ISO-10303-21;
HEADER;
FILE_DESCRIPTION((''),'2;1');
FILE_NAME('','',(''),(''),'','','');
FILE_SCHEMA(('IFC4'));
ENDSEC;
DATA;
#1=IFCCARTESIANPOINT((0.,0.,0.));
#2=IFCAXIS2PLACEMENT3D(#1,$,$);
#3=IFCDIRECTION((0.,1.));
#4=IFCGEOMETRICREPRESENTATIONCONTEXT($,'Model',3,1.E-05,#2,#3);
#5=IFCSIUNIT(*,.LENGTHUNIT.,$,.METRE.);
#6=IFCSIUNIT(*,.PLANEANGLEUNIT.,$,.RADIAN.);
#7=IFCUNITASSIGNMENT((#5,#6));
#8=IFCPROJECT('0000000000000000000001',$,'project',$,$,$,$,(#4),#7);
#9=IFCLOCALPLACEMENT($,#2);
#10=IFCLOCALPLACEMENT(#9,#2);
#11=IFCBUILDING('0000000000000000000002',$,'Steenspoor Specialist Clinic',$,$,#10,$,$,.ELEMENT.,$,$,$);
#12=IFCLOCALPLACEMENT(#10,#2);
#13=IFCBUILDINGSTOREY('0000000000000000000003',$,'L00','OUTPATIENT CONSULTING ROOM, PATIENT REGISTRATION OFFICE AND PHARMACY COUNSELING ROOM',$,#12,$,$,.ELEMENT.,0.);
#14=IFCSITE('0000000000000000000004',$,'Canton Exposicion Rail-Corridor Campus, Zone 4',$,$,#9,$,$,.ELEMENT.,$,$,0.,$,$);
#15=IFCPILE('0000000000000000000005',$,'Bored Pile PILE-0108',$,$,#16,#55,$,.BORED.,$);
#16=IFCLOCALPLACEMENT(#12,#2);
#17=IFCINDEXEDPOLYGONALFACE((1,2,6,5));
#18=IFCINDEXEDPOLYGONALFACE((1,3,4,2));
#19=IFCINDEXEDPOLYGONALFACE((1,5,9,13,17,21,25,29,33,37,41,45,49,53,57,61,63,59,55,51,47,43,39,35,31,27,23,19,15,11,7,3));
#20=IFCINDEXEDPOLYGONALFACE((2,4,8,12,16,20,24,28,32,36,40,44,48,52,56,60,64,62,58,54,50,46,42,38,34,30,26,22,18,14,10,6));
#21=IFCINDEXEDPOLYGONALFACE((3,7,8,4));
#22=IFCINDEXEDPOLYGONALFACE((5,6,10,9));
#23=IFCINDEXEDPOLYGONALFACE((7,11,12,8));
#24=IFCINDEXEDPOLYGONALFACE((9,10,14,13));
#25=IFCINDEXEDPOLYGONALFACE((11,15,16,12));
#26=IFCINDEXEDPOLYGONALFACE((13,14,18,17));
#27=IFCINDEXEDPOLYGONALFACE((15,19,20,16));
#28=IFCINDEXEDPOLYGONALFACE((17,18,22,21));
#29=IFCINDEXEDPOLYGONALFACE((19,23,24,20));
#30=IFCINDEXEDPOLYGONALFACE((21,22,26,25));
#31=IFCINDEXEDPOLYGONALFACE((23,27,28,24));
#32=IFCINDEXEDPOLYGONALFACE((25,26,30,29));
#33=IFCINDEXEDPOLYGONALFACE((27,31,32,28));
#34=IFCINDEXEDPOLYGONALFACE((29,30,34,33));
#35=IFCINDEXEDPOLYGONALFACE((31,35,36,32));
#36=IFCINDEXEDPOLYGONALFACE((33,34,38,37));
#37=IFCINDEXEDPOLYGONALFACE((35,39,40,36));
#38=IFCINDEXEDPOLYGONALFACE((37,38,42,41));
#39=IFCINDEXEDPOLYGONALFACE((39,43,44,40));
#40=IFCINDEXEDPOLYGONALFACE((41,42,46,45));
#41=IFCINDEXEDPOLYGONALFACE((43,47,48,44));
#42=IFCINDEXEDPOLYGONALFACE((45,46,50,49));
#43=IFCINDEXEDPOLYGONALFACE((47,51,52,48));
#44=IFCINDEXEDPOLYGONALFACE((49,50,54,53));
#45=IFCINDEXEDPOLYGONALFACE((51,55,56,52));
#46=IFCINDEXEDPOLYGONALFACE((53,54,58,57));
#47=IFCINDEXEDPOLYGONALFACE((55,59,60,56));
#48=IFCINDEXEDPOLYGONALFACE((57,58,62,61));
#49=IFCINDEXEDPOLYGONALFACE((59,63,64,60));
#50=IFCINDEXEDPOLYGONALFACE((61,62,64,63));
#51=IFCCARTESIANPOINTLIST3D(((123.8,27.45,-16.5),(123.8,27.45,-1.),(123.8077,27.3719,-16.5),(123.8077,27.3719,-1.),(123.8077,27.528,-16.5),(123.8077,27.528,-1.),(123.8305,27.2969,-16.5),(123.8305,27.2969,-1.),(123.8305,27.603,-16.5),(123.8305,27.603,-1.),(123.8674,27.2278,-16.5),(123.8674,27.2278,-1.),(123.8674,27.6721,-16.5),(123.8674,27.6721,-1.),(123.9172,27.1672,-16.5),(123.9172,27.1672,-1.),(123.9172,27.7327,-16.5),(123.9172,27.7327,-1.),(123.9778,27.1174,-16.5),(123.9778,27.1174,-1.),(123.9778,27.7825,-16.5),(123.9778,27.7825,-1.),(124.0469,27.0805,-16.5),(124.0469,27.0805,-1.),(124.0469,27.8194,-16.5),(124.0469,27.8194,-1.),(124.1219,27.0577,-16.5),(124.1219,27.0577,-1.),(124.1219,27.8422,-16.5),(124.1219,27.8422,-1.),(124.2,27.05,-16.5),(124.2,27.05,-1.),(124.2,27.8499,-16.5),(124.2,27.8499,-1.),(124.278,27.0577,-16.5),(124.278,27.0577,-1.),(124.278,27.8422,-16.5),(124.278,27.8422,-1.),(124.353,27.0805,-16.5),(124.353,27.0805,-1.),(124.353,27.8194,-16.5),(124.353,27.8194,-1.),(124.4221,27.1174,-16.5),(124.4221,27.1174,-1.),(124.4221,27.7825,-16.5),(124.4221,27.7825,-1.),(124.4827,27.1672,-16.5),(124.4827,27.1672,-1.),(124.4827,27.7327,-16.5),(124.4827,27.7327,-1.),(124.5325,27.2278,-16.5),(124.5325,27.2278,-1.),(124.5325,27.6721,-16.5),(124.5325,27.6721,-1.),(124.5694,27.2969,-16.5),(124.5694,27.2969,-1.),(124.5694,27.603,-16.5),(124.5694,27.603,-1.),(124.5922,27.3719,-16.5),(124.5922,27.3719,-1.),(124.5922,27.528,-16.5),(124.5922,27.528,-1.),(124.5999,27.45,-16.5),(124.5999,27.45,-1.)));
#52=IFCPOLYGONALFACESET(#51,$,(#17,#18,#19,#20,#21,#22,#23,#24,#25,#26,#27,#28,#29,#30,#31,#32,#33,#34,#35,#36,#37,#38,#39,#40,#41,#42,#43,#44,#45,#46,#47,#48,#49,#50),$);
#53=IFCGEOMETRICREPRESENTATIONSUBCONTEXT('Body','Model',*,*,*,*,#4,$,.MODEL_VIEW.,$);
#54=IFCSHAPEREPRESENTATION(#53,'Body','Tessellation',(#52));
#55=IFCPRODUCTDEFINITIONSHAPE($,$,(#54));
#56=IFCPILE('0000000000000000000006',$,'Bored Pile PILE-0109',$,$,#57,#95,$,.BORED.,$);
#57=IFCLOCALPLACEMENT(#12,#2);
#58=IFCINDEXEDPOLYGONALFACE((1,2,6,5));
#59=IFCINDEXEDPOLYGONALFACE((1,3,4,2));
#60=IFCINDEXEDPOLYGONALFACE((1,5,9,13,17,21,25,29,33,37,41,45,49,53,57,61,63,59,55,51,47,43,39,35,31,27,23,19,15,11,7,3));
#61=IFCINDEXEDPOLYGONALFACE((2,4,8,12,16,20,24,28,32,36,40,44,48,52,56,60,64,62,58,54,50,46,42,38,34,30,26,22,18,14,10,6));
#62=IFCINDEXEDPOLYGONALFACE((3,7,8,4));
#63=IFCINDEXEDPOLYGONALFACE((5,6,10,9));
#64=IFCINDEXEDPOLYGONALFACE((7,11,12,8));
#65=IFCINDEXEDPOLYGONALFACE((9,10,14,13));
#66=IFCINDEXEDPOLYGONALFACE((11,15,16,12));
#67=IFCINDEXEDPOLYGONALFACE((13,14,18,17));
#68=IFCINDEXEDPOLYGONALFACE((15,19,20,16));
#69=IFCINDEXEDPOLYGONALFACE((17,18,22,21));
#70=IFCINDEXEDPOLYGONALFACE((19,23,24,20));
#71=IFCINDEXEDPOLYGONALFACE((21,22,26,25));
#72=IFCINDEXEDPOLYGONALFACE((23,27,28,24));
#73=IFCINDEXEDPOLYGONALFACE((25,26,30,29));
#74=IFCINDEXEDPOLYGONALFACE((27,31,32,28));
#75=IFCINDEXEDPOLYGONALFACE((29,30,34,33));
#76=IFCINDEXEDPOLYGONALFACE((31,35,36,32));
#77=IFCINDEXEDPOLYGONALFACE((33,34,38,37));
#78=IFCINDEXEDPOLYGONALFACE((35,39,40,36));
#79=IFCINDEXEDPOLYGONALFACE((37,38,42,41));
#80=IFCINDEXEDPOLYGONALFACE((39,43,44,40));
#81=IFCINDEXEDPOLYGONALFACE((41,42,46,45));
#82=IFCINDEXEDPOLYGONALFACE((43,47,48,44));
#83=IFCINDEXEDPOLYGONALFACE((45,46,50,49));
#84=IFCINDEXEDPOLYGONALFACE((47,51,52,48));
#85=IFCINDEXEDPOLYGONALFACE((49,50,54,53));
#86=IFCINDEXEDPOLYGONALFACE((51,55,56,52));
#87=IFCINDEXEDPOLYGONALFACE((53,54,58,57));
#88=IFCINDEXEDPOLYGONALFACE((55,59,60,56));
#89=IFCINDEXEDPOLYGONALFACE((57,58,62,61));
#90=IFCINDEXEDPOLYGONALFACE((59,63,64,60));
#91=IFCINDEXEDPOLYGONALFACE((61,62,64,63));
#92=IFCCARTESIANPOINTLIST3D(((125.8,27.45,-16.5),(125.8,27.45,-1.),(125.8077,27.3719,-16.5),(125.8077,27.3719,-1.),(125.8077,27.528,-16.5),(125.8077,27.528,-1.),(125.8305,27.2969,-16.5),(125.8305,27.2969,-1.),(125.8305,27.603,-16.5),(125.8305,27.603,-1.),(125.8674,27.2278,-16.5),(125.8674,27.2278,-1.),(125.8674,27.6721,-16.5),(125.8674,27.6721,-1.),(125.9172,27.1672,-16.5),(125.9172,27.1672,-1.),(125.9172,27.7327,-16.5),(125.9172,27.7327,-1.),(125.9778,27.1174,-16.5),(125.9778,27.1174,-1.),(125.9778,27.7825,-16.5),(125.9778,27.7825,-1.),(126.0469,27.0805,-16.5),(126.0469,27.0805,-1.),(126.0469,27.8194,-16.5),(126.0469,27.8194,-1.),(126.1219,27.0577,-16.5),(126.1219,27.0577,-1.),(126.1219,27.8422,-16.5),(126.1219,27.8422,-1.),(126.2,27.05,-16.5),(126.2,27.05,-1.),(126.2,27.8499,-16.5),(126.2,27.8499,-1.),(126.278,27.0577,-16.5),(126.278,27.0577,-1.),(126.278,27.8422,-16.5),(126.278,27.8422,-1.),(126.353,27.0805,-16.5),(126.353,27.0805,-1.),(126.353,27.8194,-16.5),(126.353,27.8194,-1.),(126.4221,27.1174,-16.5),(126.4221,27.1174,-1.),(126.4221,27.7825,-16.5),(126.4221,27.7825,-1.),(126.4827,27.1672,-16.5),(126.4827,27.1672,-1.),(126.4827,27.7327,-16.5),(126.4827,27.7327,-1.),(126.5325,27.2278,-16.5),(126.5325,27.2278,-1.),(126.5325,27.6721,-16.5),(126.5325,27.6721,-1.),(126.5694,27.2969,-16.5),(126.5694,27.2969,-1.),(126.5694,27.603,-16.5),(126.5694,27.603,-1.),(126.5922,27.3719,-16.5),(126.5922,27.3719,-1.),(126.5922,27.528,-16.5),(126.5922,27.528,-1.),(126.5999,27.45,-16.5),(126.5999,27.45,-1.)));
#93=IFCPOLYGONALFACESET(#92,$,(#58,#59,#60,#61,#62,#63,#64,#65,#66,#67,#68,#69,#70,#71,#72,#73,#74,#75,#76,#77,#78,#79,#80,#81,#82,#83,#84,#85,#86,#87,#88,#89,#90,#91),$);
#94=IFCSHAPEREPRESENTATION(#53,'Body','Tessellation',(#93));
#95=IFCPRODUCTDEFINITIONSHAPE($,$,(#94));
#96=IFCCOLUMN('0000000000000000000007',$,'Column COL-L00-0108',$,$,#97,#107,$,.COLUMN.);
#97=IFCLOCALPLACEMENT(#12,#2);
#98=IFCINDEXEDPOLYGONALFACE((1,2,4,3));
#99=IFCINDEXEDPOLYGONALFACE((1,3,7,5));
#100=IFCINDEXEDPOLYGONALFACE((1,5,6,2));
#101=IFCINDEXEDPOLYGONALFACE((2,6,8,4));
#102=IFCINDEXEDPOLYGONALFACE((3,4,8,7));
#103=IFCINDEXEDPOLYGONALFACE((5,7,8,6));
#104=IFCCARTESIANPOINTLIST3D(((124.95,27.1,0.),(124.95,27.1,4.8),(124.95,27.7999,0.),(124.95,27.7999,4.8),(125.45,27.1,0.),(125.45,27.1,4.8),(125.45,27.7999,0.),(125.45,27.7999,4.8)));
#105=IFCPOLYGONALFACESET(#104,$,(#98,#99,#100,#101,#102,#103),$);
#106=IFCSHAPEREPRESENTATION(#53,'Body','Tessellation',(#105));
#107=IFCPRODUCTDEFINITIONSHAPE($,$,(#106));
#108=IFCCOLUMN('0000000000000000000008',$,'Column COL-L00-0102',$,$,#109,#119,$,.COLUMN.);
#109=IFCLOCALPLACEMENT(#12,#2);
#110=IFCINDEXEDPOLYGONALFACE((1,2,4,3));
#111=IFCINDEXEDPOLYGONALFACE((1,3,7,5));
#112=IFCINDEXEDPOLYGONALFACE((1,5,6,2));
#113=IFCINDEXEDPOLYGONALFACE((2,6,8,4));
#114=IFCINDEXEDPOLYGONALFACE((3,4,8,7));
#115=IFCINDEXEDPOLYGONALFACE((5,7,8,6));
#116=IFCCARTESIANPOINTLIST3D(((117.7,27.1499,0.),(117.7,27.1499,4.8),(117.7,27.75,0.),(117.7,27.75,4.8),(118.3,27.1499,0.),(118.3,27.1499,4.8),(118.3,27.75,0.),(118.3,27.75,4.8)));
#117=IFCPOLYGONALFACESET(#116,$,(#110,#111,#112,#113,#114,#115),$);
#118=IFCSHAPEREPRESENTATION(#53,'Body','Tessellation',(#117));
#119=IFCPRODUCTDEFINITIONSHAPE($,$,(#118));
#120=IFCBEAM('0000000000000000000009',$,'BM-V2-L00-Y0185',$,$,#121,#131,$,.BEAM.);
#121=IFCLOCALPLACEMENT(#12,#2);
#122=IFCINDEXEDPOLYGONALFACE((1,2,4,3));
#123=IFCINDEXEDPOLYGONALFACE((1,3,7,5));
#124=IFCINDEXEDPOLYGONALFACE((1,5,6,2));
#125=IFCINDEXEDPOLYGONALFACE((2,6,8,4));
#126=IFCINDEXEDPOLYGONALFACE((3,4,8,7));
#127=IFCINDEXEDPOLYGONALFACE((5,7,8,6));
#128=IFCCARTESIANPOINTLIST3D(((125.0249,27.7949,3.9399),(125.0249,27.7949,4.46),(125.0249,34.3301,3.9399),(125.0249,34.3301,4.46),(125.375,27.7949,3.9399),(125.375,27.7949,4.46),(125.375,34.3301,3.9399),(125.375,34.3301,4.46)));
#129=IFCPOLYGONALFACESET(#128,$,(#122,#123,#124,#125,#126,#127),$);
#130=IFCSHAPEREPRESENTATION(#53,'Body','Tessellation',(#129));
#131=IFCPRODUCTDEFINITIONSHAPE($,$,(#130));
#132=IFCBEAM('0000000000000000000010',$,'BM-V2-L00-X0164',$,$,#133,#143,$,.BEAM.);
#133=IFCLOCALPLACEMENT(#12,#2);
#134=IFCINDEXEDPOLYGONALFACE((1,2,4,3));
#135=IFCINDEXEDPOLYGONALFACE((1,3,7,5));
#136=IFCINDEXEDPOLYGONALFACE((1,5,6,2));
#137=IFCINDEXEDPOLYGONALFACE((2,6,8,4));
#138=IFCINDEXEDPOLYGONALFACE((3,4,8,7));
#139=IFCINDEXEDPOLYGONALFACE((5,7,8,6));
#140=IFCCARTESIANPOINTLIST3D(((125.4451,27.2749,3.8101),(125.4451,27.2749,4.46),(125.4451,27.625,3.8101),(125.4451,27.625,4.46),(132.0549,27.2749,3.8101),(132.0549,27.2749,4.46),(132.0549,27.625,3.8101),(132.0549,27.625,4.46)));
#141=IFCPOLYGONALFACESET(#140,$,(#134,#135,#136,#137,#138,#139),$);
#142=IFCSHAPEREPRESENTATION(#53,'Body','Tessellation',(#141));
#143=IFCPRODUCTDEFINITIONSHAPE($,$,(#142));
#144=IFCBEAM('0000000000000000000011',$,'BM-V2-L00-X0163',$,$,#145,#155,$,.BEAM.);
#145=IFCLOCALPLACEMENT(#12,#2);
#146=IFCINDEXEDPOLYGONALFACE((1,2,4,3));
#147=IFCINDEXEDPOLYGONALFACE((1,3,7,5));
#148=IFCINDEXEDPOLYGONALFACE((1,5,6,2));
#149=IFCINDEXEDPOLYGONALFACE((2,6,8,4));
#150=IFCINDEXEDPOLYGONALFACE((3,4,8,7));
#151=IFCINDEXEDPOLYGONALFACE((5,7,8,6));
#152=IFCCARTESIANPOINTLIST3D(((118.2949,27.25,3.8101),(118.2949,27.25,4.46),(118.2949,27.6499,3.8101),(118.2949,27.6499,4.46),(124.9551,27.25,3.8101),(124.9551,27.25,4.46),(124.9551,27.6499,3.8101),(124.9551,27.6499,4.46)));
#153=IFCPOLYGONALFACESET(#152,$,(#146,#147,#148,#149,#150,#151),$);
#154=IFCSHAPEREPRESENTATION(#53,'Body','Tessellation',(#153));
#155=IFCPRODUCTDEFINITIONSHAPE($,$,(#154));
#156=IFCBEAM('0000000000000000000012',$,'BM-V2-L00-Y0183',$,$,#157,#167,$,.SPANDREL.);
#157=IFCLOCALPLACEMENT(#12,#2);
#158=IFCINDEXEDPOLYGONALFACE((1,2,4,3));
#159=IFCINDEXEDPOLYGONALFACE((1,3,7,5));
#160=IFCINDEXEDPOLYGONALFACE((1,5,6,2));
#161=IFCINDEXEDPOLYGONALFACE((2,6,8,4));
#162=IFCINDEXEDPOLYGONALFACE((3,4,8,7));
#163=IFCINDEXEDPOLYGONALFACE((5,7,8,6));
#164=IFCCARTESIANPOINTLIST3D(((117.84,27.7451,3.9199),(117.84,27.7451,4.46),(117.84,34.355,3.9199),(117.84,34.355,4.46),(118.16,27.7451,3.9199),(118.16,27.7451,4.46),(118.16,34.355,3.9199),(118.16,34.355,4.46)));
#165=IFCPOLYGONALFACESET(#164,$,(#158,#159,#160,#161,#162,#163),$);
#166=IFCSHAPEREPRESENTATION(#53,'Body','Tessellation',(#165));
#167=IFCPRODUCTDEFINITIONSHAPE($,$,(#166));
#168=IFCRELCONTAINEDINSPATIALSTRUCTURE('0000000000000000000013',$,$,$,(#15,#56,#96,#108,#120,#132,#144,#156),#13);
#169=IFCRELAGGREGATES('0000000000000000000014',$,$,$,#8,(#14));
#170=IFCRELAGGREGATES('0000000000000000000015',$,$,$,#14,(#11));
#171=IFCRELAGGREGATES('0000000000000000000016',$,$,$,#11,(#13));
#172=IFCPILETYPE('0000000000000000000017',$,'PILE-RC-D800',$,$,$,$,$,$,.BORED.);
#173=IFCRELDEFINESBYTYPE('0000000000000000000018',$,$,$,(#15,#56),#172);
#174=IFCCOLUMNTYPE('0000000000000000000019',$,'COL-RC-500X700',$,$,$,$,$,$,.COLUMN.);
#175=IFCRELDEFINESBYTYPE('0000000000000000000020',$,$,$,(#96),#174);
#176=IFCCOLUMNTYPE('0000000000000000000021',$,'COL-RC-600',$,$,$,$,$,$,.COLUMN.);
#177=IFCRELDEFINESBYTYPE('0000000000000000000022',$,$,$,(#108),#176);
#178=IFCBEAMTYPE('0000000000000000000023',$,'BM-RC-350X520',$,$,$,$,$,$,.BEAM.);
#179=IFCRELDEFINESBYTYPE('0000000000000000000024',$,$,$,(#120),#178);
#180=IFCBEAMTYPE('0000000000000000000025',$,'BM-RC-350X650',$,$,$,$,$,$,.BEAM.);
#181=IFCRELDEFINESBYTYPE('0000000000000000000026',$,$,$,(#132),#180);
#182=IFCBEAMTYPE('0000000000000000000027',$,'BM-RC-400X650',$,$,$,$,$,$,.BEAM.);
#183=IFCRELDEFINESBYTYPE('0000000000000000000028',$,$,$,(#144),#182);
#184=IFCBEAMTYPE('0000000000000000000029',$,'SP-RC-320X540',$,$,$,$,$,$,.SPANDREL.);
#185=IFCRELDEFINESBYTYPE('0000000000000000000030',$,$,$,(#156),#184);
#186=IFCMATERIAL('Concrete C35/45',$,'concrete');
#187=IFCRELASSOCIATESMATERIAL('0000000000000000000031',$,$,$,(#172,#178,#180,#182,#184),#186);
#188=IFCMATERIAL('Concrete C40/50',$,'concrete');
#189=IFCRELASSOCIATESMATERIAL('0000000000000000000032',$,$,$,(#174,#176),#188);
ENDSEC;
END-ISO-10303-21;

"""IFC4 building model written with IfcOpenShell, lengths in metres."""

from ifc_helpers import new_model, si_unit, direction, frame, origin, origin_2d, place, context, subcontext, project, spatial, rectangle, circle, extrude, material, material_profile, profile_set, type_object, element, save


model = new_model("IFC4")

# Units and contexts
model_context = context("Model", 3, precision=1e-05, world=origin(), true_north=direction((0.0, 1.0)))
body_context = subcontext(model_context, "Body", "Model", "MODEL_VIEW")
ifc_project = project(units=[si_unit("LENGTHUNIT", "METRE"), si_unit("PLANEANGLEUNIT", "RADIAN")], contexts=[model_context])

# Site, building, storey
site_placement = place(None, origin())
site = spatial("IfcSite", under=ifc_project, at=site_placement, Name="Canton Exposicion Rail-Corridor Campus, Zone 4", CompositionType="ELEMENT", RefElevation=0.0)
building_placement = place(site_placement, origin())
building = spatial("IfcBuilding", under=site, at=building_placement, Name="Steenspoor Specialist Clinic", CompositionType="ELEMENT")
storey_placement = place(building_placement, origin())
storey = spatial("IfcBuildingStorey", under=building, at=storey_placement, Name="L00", Description="OUTPATIENT CONSULTING ROOM, PATIENT REGISTRATION OFFICE AND PHARMACY COUNSELING ROOM", CompositionType="ELEMENT", Elevation=0.0)

# Shared definitions
ifc_material_1 = material(Name="Concrete C35/45", Category="concrete")

# Piles
ifc_material_profile_1 = material_profile(ifc_material_1, circle(Radius=0.3999, at=origin_2d()), Name="PILE-D800")
ifc_profile_set_1 = profile_set([ifc_material_profile_1], Name="Concrete C35/45")
pile_type_1 = type_object("IfcPileType", Name="PILE-RC-D800", PredefinedType="BORED", material=ifc_profile_set_1)
for number, where, z_axis, x_axis, name in (
    (1, (124.2, 27.45, -1.0), (0.0, 0.0, -1.0), (1.0, 0.0, 0.0), "Bored Pile PILE-0108"),
    (2, (126.2, 27.45, -1.0), (0.0, 0.0, -1.0), (1.0, 0.0, 0.0), "Bored Pile PILE-0109"),
):
    element("IfcPile", number, at=place(storey_placement, frame(where, z_axis=z_axis, x_axis=x_axis)), inside=storey, type_object=pile_type_1, Name=name, PredefinedType="BORED", context=body_context, shape_type="SweptSolid", body=[
        extrude(circle(Radius=0.3999, at=origin_2d()), origin(), (0.0, 0.0, 1.0), 15.5),
    ])

# Columns
ifc_material_2 = material(Name="Concrete C40/50", Category="concrete")
ifc_material_profile_2 = material_profile(ifc_material_2, rectangle(XDim=0.5, YDim=0.7, at=origin_2d()), Name="RC-COL-500X700")
ifc_profile_set_2 = profile_set([ifc_material_profile_2], Name="Concrete C40/50")
column_type_1 = type_object("IfcColumnType", Name="COL-RC-500X700", PredefinedType="COLUMN", material=ifc_profile_set_2)
column_1_placement = place(storey_placement, frame((125.2, 27.45, 0.0), z_axis=(0.0, 0.0, 1.0), x_axis=(1.0, 0.0, 0.0)))
element("IfcColumn", 3, at=column_1_placement, inside=storey, type_object=column_type_1, Name="Column COL-L00-0108", PredefinedType="COLUMN", context=body_context, shape_type="SweptSolid", body=[
    extrude(rectangle(XDim=0.5, YDim=0.7, at=origin_2d()), origin(), (0.0, 0.0, 1.0), 4.8),
])
ifc_material_profile_3 = material_profile(ifc_material_2, rectangle(XDim=0.6001, YDim=0.6001, at=origin_2d()), Name="RC-COL-600X600")
ifc_profile_set_3 = profile_set([ifc_material_profile_3], Name="Concrete C40/50")
column_type_2 = type_object("IfcColumnType", Name="COL-RC-600", PredefinedType="COLUMN", material=ifc_profile_set_3)
column_2_placement = place(storey_placement, frame((118.0, 27.45, 0.0), z_axis=(0.0, 0.0, 1.0), x_axis=(1.0, 0.0, 0.0)))
element("IfcColumn", 4, at=column_2_placement, inside=storey, type_object=column_type_2, Name="Column COL-L00-0102", PredefinedType="COLUMN", context=body_context, shape_type="SweptSolid", body=[
    extrude(rectangle(XDim=0.6001, YDim=0.6001, at=origin_2d()), origin(), (0.0, 0.0, 1.0), 4.8),
])

# Beams
ifc_material_profile_4 = material_profile(ifc_material_1, rectangle(XDim=0.3501, YDim=0.52, at=origin_2d()), Name="RC-BM-350X520")
ifc_profile_set_4 = profile_set([ifc_material_profile_4], Name="Concrete C35/45")
beam_type_1 = type_object("IfcBeamType", Name="BM-RC-350X520", PredefinedType="BEAM", material=ifc_profile_set_4)
beam_1_placement = place(storey_placement, frame((125.2, 27.7949, 4.2), z_axis=(0.0, 1.0, 0.0), x_axis=(-1.0, 0.0, 0.0)))
element("IfcBeam", 5, at=beam_1_placement, inside=storey, type_object=beam_type_1, Name="BM-V2-L00-Y0185", PredefinedType="BEAM", context=body_context, shape_type="SweptSolid", body=[
    extrude(rectangle(XDim=0.3501, YDim=0.52, at=origin_2d()), origin(), (0.0, 0.0, 1.0), 6.5352),
])
ifc_material_profile_5 = material_profile(ifc_material_1, rectangle(XDim=0.3501, YDim=0.6499, at=origin_2d()), Name="RC-BM-350X650")
ifc_profile_set_5 = profile_set([ifc_material_profile_5], Name="Concrete C35/45")
beam_type_2 = type_object("IfcBeamType", Name="BM-RC-350X650", PredefinedType="BEAM", material=ifc_profile_set_5)
beam_2_placement = place(storey_placement, frame((125.4451, 27.45, 4.135), z_axis=(1.0, 0.0, 0.0), x_axis=(0.0, 1.0, 0.0)))
element("IfcBeam", 6, at=beam_2_placement, inside=storey, type_object=beam_type_2, Name="BM-V2-L00-X0164", PredefinedType="BEAM", context=body_context, shape_type="SweptSolid", body=[
    extrude(rectangle(XDim=0.3501, YDim=0.6499, at=origin_2d()), origin(), (0.0, 0.0, 1.0), 6.6099),
])
ifc_material_profile_6 = material_profile(ifc_material_1, rectangle(XDim=0.3999, YDim=0.6499, at=origin_2d()), Name="RC-BM-400X650")
ifc_profile_set_6 = profile_set([ifc_material_profile_6], Name="Concrete C35/45")
beam_type_3 = type_object("IfcBeamType", Name="BM-RC-400X650", PredefinedType="BEAM", material=ifc_profile_set_6)
beam_3_placement = place(storey_placement, frame((118.2949, 27.45, 4.135), z_axis=(1.0, 0.0, 0.0), x_axis=(0.0, 1.0, 0.0)))
element("IfcBeam", 7, at=beam_3_placement, inside=storey, type_object=beam_type_3, Name="BM-V2-L00-X0163", PredefinedType="BEAM", context=body_context, shape_type="SweptSolid", body=[
    extrude(rectangle(XDim=0.3999, YDim=0.6499, at=origin_2d()), origin(), (0.0, 0.0, 1.0), 6.6602),
])
ifc_material_profile_7 = material_profile(ifc_material_1, rectangle(XDim=0.3201, YDim=0.54, at=origin_2d()), Name="RC-SP-320X540")
ifc_profile_set_7 = profile_set([ifc_material_profile_7], Name="Concrete C35/45")
beam_type_4 = type_object("IfcBeamType", Name="SP-RC-320X540", PredefinedType="SPANDREL", material=ifc_profile_set_7)
beam_4_placement = place(storey_placement, frame((118.0, 27.7451, 4.1899), z_axis=(0.0, 1.0, 0.0), x_axis=(-1.0, 0.0, 0.0)))
element("IfcBeam", 8, at=beam_4_placement, inside=storey, type_object=beam_type_4, Name="BM-V2-L00-Y0183", PredefinedType="SPANDREL", context=body_context, shape_type="SweptSolid", body=[
    extrude(rectangle(XDim=0.3201, YDim=0.54, at=origin_2d()), origin(), (0.0, 0.0, 1.0), 6.6099),
])

save(model, "model.ifc")
